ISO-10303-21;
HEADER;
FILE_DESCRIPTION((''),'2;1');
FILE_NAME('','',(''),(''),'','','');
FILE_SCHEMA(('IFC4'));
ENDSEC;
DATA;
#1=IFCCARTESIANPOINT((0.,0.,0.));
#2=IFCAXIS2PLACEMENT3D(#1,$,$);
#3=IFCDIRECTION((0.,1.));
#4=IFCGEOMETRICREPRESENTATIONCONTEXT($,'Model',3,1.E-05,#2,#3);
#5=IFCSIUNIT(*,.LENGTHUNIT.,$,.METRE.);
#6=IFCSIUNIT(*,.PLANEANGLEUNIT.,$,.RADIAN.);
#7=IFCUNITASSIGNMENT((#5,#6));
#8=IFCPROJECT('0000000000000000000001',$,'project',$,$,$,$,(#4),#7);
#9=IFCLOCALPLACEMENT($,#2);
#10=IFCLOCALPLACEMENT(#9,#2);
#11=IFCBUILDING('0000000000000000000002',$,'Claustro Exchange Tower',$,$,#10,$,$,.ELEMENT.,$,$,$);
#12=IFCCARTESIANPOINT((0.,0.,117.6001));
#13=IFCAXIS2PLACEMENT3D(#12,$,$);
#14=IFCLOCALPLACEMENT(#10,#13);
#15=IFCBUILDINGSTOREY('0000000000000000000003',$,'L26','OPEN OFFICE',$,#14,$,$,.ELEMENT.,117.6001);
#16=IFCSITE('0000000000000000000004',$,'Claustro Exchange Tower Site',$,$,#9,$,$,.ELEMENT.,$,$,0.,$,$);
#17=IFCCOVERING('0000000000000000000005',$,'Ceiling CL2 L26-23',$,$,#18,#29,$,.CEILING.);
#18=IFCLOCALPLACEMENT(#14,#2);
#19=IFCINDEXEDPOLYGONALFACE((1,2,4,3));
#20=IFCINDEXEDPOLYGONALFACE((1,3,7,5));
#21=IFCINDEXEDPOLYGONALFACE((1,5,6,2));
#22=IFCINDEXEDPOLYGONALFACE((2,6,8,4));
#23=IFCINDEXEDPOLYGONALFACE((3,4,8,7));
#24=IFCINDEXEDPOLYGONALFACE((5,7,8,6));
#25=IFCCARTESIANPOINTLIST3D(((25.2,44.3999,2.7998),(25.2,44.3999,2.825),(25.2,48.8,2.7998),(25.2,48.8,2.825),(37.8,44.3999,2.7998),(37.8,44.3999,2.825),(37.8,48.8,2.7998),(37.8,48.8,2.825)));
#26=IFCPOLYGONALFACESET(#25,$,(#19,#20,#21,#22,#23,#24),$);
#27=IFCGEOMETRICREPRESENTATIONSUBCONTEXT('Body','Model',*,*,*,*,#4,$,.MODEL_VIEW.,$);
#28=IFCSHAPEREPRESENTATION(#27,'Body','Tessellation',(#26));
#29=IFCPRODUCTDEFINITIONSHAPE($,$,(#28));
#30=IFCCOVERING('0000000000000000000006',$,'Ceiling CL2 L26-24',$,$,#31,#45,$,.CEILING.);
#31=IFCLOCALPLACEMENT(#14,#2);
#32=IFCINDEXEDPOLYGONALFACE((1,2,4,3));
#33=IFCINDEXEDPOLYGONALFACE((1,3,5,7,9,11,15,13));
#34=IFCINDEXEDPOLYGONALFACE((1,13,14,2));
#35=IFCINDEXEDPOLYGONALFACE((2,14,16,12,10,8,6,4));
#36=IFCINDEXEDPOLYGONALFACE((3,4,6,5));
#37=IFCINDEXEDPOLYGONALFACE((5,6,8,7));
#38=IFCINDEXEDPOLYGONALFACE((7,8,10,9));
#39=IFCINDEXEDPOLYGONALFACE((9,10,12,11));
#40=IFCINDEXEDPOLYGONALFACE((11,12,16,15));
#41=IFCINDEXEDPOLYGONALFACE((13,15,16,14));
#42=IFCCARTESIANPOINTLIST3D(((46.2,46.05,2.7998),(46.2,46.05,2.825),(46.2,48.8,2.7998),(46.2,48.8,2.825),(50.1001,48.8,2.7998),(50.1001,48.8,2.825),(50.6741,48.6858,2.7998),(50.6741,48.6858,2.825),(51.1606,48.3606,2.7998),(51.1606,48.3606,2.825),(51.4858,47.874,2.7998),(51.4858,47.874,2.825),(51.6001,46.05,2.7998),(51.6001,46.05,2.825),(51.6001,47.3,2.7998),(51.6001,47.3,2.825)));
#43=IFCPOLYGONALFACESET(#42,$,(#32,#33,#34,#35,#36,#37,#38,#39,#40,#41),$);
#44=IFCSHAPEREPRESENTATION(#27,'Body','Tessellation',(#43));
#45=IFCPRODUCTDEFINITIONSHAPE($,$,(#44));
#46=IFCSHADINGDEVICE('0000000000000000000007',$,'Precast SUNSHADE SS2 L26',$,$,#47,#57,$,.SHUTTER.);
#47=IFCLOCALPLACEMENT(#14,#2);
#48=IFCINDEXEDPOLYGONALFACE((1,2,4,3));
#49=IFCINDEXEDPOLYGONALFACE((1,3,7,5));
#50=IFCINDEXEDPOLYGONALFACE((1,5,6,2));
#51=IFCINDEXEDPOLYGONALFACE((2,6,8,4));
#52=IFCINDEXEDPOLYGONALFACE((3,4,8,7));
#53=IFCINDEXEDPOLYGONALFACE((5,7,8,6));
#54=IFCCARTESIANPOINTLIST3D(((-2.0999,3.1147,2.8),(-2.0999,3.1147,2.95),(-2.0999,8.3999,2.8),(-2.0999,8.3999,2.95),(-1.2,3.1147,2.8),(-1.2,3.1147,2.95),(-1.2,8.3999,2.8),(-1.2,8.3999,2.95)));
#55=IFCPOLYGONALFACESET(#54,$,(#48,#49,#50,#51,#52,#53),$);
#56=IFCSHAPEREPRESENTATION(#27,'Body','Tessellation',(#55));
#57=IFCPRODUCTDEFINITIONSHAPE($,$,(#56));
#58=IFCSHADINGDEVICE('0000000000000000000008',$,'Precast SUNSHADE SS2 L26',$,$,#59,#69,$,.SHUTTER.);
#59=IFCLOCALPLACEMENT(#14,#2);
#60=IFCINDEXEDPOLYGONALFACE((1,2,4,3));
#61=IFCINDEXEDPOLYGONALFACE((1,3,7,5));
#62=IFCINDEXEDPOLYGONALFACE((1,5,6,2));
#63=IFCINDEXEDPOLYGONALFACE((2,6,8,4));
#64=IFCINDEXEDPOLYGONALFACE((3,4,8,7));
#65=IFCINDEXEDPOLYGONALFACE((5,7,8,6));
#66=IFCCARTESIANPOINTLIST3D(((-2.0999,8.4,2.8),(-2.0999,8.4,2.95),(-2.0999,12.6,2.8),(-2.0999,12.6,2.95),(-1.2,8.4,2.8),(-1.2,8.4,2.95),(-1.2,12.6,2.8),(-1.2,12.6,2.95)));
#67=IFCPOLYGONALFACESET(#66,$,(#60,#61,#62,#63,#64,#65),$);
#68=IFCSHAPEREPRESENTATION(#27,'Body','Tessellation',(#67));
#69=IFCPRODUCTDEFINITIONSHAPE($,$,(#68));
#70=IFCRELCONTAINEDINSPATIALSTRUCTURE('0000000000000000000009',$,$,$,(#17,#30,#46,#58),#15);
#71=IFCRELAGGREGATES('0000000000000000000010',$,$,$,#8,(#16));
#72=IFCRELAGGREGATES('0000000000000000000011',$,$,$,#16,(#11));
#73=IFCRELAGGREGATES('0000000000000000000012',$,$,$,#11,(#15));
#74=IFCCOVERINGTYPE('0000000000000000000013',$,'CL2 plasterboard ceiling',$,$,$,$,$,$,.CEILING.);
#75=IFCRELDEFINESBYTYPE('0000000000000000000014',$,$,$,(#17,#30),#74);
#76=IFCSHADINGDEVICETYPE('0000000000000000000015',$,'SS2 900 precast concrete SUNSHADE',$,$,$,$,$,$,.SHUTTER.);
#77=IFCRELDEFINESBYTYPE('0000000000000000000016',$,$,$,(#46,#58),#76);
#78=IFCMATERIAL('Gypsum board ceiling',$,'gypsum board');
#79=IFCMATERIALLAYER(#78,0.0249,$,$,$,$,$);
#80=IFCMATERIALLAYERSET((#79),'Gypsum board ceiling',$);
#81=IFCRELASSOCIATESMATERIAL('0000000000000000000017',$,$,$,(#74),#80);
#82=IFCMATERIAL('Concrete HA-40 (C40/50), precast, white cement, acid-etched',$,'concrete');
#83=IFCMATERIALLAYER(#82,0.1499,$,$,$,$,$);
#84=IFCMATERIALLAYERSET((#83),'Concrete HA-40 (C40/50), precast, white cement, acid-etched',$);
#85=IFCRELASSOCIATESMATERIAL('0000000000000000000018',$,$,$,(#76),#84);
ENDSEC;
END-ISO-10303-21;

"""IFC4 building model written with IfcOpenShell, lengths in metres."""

from ifc_helpers import new_model, si_unit, direction, frame, origin, origin_2d, place, context, subcontext, project, spatial, polyline, rectangle, outline, extrude, material, layer, layer_set, type_object, element, save


model = new_model("IFC4")

# Units and contexts
model_context = context("Model", 3, precision=1e-05, world=origin(), true_north=direction((0.0, 1.0)))
body_context = subcontext(model_context, "Body", "Model", "MODEL_VIEW")
ifc_project = project(units=[si_unit("LENGTHUNIT", "METRE"), si_unit("PLANEANGLEUNIT", "RADIAN")], contexts=[model_context])

# Site, building, storey
site_placement = place(None, origin())
site = spatial("IfcSite", under=ifc_project, at=site_placement, Name="Claustro Exchange Tower Site", CompositionType="ELEMENT", RefElevation=0.0)
building_placement = place(site_placement, origin())
building = spatial("IfcBuilding", under=site, at=building_placement, Name="Claustro Exchange Tower", CompositionType="ELEMENT")
storey_placement = place(building_placement, frame((0.0, 0.0, 117.6001)))
storey = spatial("IfcBuildingStorey", under=building, at=storey_placement, Name="L26", Description="OPEN OFFICE", CompositionType="ELEMENT", Elevation=117.6001)

# Coverings
ifc_material_1 = material(Name="Gypsum board ceiling", Category="gypsum board")
ifc_layer_1 = layer(ifc_material_1, 0.0249)
ifc_layer_set_1 = layer_set([ifc_layer_1], Name="Gypsum board ceiling")
covering_type_1 = type_object("IfcCoveringType", Name="CL2 plasterboard ceiling", PredefinedType="CEILING", material=ifc_layer_set_1)
covering_1_placement = place(storey_placement, frame((0.0, 0.0, 2.7998)))
element("IfcCovering", 1, at=covering_1_placement, inside=storey, type_object=covering_type_1, Name="Ceiling CL2 L26-23", PredefinedType="CEILING", context=body_context, shape_type="SweptSolid", body=[
    extrude(outline(polyline([(37.8, 48.8), (25.2, 48.8), (25.2, 44.3999), (37.8, 44.3999), (37.8, 48.8)])), origin(), (0.0, 0.0, 1.0), 0.0251),
])
covering_2_placement = place(storey_placement, frame((0.0, 0.0, 2.7998)))
element("IfcCovering", 2, at=covering_2_placement, inside=storey, type_object=covering_type_1, Name="Ceiling CL2 L26-24", PredefinedType="CEILING", context=body_context, shape_type="SweptSolid", body=[
    extrude(outline(polyline([(50.1001, 48.8), (46.2, 48.8), (46.2, 46.05), (51.6001, 46.05), (51.6001, 47.3), (51.4858, 47.874), (51.1606, 48.3606), (50.6741, 48.6858), (50.1001, 48.8)])), origin(), (0.0, 0.0, 1.0), 0.0251),
])

# Shading devices
ifc_material_2 = material(Name="Concrete HA-40 (C40/50), precast, white cement, acid-etched", Category="concrete")
ifc_layer_2 = layer(ifc_material_2, 0.1499)
ifc_layer_set_2 = layer_set([ifc_layer_2], Name="Concrete HA-40 (C40/50), precast, white cement, acid-etched")
shading_device_type = type_object("IfcShadingDeviceType", Name="SS2 900 precast concrete SUNSHADE", PredefinedType="SHUTTER", material=ifc_layer_set_2)
shading_device_1_placement = place(storey_placement, frame((-1.6499, 5.7573, 2.8), z_axis=(0.0, 0.0, 1.0), x_axis=(0.0, 1.0, 0.0)))
element("IfcShadingDevice", 3, at=shading_device_1_placement, inside=storey, type_object=shading_device_type, Name="Precast SUNSHADE SS2 L26", PredefinedType="SHUTTER", context=body_context, shape_type="SweptSolid", body=[
    extrude(rectangle(XDim=5.2852, YDim=0.8999, at=origin_2d()), origin(), (0.0, 0.0, 1.0), 0.1499),
])
shading_device_2_placement = place(storey_placement, frame((-1.6499, 10.5, 2.8), z_axis=(0.0, 0.0, 1.0), x_axis=(0.0, 1.0, 0.0)))
element("IfcShadingDevice", 4, at=shading_device_2_placement, inside=storey, type_object=shading_device_type, Name="Precast SUNSHADE SS2 L26", PredefinedType="SHUTTER", context=body_context, shape_type="SweptSolid", body=[
    extrude(rectangle(XDim=4.2, YDim=0.8999, at=origin_2d()), origin(), (0.0, 0.0, 1.0), 0.1499),
])

save(model, "model.ifc")
